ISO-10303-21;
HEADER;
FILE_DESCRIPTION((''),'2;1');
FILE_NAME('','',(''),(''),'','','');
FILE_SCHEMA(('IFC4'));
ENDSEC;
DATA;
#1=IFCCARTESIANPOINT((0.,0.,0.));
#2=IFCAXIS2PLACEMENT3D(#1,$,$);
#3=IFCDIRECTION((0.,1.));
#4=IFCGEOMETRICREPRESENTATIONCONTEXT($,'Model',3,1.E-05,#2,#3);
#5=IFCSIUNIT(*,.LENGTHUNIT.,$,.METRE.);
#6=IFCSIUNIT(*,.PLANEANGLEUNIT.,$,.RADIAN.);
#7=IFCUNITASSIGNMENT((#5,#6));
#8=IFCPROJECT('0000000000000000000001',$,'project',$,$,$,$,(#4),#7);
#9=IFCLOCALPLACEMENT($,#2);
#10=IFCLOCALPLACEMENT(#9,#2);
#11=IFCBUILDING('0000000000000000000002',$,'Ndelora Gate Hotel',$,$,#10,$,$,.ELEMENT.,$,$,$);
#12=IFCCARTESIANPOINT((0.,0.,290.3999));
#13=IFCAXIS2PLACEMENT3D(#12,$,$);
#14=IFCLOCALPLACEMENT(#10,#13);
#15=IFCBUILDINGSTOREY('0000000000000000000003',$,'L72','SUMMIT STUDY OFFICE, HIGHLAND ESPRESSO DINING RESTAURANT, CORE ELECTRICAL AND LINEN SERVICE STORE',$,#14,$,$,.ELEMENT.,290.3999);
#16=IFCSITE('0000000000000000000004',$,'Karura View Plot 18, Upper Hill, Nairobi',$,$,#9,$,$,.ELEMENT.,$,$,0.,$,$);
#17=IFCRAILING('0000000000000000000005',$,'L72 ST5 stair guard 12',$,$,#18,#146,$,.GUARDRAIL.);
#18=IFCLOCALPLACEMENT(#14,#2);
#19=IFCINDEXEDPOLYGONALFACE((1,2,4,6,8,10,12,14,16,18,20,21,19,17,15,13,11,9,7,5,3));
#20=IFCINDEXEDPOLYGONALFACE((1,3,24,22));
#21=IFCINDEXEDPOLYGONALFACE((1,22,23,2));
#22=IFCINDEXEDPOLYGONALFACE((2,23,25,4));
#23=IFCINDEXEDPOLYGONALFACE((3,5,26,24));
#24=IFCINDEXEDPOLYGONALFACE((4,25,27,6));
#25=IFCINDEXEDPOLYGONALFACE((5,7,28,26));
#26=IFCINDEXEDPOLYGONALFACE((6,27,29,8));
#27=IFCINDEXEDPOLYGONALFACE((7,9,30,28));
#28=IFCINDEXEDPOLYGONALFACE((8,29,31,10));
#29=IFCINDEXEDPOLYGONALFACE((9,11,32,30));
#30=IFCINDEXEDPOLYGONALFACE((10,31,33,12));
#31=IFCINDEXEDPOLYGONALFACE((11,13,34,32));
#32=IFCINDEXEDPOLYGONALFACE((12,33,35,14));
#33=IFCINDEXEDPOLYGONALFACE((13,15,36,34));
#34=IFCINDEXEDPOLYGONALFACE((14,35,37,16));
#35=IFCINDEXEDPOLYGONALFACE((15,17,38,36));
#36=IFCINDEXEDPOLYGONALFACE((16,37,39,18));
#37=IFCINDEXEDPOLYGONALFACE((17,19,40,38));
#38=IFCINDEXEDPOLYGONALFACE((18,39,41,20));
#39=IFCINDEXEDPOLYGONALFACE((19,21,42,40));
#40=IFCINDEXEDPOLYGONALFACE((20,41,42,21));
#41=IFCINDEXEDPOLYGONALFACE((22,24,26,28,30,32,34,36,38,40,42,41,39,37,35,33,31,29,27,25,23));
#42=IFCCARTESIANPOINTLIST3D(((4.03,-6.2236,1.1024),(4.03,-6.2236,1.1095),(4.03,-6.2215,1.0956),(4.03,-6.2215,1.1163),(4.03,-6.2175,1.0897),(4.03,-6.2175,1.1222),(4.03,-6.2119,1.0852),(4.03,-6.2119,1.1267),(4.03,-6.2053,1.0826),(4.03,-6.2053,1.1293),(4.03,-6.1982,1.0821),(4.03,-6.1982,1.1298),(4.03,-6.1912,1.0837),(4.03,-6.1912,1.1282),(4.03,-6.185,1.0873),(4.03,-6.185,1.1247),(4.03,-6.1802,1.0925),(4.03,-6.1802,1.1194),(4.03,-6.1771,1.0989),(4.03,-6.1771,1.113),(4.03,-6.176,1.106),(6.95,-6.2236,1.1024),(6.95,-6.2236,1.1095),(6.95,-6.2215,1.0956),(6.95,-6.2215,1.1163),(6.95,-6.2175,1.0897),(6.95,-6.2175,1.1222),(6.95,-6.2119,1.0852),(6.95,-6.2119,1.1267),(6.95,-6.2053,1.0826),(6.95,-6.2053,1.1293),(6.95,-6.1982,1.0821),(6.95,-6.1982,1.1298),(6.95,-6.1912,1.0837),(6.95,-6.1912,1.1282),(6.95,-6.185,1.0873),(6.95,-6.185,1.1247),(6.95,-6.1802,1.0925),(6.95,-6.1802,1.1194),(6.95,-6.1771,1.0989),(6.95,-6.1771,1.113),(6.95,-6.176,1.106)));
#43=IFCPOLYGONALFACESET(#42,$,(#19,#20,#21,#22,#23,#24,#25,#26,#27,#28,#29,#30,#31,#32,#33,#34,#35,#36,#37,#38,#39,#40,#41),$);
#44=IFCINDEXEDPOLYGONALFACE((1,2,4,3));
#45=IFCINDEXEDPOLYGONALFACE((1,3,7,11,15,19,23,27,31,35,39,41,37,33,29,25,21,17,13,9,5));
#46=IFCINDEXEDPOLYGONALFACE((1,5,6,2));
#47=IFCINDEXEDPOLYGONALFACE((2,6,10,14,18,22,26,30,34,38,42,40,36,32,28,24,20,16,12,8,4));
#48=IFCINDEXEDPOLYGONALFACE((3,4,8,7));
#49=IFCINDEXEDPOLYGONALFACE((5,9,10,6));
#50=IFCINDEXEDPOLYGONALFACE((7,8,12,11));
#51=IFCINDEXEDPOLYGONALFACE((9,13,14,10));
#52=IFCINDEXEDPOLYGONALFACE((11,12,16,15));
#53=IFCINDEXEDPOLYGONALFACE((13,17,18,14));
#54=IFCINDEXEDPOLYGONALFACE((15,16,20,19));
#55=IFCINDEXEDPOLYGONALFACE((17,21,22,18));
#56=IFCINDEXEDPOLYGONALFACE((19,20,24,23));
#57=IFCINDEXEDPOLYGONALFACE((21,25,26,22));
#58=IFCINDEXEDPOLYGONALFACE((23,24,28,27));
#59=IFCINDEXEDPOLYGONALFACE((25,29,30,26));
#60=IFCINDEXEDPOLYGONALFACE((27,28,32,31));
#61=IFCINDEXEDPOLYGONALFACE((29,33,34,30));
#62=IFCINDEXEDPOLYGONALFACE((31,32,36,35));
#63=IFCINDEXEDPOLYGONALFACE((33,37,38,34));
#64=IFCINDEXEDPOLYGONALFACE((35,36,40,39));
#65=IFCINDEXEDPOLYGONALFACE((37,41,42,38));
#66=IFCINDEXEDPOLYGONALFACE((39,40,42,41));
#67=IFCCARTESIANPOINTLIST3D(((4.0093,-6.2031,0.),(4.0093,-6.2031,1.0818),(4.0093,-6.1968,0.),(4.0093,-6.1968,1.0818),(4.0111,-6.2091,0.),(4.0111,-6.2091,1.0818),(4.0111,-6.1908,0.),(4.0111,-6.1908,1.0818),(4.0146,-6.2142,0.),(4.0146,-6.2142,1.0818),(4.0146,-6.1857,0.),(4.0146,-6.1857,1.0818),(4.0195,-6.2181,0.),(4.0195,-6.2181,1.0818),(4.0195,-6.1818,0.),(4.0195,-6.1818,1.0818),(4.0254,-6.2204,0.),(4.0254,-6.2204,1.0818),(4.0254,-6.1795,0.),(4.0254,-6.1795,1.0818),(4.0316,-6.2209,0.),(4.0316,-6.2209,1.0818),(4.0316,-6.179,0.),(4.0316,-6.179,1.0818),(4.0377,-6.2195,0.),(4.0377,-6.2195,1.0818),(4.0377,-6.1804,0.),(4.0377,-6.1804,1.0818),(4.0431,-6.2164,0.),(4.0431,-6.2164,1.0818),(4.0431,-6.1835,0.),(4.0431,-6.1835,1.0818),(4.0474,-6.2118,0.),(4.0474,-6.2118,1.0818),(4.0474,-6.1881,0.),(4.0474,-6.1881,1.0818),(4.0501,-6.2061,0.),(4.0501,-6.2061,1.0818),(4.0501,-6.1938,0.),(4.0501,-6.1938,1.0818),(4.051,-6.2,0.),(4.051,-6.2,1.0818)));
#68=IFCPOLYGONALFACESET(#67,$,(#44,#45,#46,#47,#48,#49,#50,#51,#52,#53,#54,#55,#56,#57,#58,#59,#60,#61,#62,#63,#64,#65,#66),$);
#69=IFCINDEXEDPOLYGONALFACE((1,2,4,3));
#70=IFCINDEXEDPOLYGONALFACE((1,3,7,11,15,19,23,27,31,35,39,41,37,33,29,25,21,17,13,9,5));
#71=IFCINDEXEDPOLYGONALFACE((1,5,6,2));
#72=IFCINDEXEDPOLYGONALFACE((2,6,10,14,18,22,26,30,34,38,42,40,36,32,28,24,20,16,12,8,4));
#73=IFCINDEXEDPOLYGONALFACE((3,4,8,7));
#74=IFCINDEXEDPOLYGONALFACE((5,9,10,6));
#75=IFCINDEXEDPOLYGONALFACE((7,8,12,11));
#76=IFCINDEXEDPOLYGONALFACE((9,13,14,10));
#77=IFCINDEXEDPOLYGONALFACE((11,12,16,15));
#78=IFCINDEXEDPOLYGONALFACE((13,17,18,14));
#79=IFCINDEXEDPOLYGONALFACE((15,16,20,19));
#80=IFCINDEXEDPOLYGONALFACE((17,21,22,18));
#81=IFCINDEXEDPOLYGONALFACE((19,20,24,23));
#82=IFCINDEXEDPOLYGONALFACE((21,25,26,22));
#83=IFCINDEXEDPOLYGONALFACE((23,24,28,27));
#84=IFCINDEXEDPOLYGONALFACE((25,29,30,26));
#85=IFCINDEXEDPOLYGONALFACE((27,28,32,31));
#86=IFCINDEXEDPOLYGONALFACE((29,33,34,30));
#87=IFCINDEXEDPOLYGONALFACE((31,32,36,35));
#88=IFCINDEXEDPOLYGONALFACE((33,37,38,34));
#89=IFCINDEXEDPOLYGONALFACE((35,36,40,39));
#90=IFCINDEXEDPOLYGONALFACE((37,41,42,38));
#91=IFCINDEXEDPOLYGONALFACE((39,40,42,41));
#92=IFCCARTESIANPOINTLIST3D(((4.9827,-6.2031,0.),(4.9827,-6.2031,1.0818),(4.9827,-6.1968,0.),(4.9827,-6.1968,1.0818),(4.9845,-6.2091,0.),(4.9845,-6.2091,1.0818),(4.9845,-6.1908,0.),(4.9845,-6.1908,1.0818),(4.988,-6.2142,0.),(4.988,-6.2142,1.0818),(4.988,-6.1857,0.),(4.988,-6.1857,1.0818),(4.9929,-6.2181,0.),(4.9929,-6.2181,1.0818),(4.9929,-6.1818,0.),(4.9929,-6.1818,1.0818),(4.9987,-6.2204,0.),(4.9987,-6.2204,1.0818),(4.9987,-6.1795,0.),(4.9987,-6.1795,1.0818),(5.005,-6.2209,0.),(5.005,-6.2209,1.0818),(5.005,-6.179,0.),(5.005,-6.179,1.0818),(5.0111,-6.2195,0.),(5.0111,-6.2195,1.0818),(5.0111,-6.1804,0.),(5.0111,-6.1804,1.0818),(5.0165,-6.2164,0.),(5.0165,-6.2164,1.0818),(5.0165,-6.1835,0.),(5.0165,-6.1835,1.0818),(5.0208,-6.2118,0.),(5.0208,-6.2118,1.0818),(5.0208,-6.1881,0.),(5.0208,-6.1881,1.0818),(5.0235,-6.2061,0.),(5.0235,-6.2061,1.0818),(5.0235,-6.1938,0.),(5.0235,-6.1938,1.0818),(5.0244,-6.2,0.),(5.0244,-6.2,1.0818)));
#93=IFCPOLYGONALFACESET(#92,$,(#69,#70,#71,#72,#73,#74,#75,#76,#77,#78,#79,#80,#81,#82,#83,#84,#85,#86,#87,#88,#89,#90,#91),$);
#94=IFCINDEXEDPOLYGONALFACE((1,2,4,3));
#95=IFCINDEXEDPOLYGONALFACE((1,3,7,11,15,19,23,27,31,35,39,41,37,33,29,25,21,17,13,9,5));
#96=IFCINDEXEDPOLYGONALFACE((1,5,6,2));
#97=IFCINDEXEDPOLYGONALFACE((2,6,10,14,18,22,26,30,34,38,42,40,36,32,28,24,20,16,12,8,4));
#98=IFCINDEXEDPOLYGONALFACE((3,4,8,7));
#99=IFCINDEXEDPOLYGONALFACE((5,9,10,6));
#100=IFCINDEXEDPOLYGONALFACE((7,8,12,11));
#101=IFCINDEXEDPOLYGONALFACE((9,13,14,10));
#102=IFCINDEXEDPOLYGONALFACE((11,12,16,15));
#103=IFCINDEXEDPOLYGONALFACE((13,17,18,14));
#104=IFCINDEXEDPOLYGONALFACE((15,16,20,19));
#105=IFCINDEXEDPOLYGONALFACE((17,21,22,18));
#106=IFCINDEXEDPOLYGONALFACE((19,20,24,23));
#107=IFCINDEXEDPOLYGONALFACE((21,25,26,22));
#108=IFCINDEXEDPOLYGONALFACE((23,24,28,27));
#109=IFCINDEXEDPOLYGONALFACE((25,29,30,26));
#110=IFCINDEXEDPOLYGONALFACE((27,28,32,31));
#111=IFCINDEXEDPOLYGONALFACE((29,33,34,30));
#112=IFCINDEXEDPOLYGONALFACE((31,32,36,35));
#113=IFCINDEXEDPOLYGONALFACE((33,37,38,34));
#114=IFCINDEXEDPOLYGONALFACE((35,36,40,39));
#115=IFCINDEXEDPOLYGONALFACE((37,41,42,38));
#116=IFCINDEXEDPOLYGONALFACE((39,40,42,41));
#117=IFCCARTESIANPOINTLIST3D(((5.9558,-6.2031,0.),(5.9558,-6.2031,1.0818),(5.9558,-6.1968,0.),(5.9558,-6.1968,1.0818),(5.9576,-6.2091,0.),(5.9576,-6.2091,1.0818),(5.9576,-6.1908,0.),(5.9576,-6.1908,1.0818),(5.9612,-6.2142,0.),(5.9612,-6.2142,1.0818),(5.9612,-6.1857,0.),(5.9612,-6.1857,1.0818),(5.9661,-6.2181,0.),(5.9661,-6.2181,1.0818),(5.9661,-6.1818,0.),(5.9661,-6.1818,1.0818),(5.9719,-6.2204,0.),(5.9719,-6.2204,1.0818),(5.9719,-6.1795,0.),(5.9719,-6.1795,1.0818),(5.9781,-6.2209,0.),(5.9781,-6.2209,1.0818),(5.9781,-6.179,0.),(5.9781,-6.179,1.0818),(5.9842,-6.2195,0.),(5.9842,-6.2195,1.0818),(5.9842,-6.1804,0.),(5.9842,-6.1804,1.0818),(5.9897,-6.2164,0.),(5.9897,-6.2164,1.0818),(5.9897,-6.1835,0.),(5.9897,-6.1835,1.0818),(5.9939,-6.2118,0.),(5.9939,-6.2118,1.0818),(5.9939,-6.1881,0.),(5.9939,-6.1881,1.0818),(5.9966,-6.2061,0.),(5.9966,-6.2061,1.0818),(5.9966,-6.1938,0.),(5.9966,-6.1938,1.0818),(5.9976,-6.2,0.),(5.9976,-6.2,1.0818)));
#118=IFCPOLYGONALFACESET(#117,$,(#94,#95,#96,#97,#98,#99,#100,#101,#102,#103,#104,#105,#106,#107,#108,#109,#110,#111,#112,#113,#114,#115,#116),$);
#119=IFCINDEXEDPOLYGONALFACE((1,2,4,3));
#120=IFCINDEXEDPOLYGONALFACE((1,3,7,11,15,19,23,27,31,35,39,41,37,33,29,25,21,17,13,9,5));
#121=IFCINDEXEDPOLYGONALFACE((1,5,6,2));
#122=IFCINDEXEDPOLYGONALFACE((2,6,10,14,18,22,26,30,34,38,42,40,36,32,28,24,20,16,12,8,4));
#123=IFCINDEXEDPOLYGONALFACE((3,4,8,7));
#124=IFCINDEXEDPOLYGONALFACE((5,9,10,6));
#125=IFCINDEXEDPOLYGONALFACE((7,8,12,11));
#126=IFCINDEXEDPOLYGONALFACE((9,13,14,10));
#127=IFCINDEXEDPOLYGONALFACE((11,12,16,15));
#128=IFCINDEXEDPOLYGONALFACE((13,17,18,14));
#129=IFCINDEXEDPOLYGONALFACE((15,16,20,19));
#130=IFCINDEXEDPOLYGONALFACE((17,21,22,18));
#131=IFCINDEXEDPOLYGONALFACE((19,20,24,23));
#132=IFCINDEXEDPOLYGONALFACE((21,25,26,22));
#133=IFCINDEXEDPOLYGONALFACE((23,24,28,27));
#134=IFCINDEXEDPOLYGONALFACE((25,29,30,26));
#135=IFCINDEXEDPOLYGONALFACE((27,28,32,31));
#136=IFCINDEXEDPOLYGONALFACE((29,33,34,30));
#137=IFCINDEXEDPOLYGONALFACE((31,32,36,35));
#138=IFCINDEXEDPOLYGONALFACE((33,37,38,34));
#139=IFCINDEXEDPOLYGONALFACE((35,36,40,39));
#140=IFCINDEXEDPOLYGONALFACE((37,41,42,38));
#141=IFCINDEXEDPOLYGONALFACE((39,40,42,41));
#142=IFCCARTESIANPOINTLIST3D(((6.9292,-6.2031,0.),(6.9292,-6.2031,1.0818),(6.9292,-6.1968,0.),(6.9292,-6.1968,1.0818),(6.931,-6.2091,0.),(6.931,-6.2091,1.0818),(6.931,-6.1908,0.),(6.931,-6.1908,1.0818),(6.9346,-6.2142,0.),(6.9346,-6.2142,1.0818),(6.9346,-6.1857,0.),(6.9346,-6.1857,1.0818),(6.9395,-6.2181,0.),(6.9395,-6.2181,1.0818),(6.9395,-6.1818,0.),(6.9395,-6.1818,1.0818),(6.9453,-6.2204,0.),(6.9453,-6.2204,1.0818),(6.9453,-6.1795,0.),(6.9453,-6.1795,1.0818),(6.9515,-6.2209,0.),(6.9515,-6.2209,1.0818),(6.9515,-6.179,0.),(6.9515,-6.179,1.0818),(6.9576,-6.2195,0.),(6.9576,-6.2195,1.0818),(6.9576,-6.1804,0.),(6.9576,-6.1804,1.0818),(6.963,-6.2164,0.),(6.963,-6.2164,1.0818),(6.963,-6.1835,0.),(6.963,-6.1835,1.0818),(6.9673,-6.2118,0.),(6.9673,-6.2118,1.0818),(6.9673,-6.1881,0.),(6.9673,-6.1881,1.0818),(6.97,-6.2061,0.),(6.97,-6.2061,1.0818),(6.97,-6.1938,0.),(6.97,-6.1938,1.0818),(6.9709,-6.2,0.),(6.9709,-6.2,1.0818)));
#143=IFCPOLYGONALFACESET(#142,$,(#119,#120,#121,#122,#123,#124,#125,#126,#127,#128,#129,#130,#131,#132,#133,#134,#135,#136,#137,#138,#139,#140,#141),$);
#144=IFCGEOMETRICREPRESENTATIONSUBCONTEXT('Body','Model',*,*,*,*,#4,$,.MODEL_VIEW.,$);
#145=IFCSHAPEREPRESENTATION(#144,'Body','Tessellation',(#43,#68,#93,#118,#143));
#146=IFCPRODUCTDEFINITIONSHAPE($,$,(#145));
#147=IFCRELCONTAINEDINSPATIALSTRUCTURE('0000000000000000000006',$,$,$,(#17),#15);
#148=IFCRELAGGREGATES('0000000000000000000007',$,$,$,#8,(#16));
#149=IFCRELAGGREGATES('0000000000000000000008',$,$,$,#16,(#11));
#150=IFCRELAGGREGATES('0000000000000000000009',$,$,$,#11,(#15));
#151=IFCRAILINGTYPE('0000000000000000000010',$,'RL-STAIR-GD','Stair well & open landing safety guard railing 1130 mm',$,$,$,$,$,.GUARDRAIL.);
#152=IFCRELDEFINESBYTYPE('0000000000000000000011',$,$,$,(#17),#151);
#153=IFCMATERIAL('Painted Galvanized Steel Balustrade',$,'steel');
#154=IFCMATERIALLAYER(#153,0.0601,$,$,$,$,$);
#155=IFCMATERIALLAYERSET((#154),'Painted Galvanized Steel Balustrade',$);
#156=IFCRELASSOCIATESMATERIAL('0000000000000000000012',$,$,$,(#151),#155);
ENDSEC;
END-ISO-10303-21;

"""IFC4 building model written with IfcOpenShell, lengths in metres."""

from ifc_helpers import new_model, si_unit, direction, frame, origin, origin_2d, place, context, subcontext, project, spatial, circle, extrude, material, layer, layer_set, type_object, element, save


model = new_model("IFC4")

# Units and contexts
model_context = context("Model", 3, precision=1e-05, world=origin(), true_north=direction((0.0, 1.0)))
body_context = subcontext(model_context, "Body", "Model", "MODEL_VIEW")
ifc_project = project(units=[si_unit("LENGTHUNIT", "METRE"), si_unit("PLANEANGLEUNIT", "RADIAN")], contexts=[model_context])

# Site, building, storey
site_placement = place(None, origin())
site = spatial("IfcSite", under=ifc_project, at=site_placement, Name="Karura View Plot 18, Upper Hill, Nairobi", CompositionType="ELEMENT", RefElevation=0.0)
building_placement = place(site_placement, origin())
building = spatial("IfcBuilding", under=site, at=building_placement, Name="Ndelora Gate Hotel", CompositionType="ELEMENT")
storey_placement = place(building_placement, frame((0.0, 0.0, 290.3999)))
storey = spatial("IfcBuildingStorey", under=building, at=storey_placement, Name="L72", Description="SUMMIT STUDY OFFICE, HIGHLAND ESPRESSO DINING RESTAURANT, CORE ELECTRICAL AND LINEN SERVICE STORE", CompositionType="ELEMENT", Elevation=290.3999)

# Railing
ifc_material_1 = material(Name="Painted Galvanized Steel Balustrade", Category="steel")
ifc_layer_1 = layer(ifc_material_1, 0.0601)
ifc_layer_set_1 = layer_set([ifc_layer_1], Name="Painted Galvanized Steel Balustrade")
railing_type = type_object("IfcRailingType", Name="RL-STAIR-GD", Description="Stair well & open landing safety guard railing 1130 mm", PredefinedType="GUARDRAIL", material=ifc_layer_set_1)
railing_1_placement = place(storey_placement, frame((4.03, -6.2, 0.0)))
element("IfcRailing", 1, at=railing_1_placement, inside=storey, type_object=railing_type, Name="L72 ST5 stair guard 12", PredefinedType="GUARDRAIL", context=body_context, shape_type="SweptSolid", body=[
    extrude(circle(Radius=0.0239, at=origin_2d()), frame((0.0, 0.0, 1.106), z_axis=(1.0, 0.0, 0.0), x_axis=(0.0, 1.0, 0.0)), (0.0, 0.0, 1.0), 2.9199),
    extrude(circle(Radius=0.021, at=origin_2d()), origin(), (0.0, 0.0, 1.0), 1.0818),
    extrude(circle(Radius=0.021, at=origin_2d()), frame((0.9734, 0.0, 0.0)), (0.0, 0.0, 1.0), 1.0818),
    extrude(circle(Radius=0.021, at=origin_2d()), frame((1.9465, 0.0, 0.0)), (0.0, 0.0, 1.0), 1.0818),
    extrude(circle(Radius=0.021, at=origin_2d()), frame((2.9199, 0.0, 0.0)), (0.0, 0.0, 1.0), 1.0818),
])

save(model, "model.ifc")
